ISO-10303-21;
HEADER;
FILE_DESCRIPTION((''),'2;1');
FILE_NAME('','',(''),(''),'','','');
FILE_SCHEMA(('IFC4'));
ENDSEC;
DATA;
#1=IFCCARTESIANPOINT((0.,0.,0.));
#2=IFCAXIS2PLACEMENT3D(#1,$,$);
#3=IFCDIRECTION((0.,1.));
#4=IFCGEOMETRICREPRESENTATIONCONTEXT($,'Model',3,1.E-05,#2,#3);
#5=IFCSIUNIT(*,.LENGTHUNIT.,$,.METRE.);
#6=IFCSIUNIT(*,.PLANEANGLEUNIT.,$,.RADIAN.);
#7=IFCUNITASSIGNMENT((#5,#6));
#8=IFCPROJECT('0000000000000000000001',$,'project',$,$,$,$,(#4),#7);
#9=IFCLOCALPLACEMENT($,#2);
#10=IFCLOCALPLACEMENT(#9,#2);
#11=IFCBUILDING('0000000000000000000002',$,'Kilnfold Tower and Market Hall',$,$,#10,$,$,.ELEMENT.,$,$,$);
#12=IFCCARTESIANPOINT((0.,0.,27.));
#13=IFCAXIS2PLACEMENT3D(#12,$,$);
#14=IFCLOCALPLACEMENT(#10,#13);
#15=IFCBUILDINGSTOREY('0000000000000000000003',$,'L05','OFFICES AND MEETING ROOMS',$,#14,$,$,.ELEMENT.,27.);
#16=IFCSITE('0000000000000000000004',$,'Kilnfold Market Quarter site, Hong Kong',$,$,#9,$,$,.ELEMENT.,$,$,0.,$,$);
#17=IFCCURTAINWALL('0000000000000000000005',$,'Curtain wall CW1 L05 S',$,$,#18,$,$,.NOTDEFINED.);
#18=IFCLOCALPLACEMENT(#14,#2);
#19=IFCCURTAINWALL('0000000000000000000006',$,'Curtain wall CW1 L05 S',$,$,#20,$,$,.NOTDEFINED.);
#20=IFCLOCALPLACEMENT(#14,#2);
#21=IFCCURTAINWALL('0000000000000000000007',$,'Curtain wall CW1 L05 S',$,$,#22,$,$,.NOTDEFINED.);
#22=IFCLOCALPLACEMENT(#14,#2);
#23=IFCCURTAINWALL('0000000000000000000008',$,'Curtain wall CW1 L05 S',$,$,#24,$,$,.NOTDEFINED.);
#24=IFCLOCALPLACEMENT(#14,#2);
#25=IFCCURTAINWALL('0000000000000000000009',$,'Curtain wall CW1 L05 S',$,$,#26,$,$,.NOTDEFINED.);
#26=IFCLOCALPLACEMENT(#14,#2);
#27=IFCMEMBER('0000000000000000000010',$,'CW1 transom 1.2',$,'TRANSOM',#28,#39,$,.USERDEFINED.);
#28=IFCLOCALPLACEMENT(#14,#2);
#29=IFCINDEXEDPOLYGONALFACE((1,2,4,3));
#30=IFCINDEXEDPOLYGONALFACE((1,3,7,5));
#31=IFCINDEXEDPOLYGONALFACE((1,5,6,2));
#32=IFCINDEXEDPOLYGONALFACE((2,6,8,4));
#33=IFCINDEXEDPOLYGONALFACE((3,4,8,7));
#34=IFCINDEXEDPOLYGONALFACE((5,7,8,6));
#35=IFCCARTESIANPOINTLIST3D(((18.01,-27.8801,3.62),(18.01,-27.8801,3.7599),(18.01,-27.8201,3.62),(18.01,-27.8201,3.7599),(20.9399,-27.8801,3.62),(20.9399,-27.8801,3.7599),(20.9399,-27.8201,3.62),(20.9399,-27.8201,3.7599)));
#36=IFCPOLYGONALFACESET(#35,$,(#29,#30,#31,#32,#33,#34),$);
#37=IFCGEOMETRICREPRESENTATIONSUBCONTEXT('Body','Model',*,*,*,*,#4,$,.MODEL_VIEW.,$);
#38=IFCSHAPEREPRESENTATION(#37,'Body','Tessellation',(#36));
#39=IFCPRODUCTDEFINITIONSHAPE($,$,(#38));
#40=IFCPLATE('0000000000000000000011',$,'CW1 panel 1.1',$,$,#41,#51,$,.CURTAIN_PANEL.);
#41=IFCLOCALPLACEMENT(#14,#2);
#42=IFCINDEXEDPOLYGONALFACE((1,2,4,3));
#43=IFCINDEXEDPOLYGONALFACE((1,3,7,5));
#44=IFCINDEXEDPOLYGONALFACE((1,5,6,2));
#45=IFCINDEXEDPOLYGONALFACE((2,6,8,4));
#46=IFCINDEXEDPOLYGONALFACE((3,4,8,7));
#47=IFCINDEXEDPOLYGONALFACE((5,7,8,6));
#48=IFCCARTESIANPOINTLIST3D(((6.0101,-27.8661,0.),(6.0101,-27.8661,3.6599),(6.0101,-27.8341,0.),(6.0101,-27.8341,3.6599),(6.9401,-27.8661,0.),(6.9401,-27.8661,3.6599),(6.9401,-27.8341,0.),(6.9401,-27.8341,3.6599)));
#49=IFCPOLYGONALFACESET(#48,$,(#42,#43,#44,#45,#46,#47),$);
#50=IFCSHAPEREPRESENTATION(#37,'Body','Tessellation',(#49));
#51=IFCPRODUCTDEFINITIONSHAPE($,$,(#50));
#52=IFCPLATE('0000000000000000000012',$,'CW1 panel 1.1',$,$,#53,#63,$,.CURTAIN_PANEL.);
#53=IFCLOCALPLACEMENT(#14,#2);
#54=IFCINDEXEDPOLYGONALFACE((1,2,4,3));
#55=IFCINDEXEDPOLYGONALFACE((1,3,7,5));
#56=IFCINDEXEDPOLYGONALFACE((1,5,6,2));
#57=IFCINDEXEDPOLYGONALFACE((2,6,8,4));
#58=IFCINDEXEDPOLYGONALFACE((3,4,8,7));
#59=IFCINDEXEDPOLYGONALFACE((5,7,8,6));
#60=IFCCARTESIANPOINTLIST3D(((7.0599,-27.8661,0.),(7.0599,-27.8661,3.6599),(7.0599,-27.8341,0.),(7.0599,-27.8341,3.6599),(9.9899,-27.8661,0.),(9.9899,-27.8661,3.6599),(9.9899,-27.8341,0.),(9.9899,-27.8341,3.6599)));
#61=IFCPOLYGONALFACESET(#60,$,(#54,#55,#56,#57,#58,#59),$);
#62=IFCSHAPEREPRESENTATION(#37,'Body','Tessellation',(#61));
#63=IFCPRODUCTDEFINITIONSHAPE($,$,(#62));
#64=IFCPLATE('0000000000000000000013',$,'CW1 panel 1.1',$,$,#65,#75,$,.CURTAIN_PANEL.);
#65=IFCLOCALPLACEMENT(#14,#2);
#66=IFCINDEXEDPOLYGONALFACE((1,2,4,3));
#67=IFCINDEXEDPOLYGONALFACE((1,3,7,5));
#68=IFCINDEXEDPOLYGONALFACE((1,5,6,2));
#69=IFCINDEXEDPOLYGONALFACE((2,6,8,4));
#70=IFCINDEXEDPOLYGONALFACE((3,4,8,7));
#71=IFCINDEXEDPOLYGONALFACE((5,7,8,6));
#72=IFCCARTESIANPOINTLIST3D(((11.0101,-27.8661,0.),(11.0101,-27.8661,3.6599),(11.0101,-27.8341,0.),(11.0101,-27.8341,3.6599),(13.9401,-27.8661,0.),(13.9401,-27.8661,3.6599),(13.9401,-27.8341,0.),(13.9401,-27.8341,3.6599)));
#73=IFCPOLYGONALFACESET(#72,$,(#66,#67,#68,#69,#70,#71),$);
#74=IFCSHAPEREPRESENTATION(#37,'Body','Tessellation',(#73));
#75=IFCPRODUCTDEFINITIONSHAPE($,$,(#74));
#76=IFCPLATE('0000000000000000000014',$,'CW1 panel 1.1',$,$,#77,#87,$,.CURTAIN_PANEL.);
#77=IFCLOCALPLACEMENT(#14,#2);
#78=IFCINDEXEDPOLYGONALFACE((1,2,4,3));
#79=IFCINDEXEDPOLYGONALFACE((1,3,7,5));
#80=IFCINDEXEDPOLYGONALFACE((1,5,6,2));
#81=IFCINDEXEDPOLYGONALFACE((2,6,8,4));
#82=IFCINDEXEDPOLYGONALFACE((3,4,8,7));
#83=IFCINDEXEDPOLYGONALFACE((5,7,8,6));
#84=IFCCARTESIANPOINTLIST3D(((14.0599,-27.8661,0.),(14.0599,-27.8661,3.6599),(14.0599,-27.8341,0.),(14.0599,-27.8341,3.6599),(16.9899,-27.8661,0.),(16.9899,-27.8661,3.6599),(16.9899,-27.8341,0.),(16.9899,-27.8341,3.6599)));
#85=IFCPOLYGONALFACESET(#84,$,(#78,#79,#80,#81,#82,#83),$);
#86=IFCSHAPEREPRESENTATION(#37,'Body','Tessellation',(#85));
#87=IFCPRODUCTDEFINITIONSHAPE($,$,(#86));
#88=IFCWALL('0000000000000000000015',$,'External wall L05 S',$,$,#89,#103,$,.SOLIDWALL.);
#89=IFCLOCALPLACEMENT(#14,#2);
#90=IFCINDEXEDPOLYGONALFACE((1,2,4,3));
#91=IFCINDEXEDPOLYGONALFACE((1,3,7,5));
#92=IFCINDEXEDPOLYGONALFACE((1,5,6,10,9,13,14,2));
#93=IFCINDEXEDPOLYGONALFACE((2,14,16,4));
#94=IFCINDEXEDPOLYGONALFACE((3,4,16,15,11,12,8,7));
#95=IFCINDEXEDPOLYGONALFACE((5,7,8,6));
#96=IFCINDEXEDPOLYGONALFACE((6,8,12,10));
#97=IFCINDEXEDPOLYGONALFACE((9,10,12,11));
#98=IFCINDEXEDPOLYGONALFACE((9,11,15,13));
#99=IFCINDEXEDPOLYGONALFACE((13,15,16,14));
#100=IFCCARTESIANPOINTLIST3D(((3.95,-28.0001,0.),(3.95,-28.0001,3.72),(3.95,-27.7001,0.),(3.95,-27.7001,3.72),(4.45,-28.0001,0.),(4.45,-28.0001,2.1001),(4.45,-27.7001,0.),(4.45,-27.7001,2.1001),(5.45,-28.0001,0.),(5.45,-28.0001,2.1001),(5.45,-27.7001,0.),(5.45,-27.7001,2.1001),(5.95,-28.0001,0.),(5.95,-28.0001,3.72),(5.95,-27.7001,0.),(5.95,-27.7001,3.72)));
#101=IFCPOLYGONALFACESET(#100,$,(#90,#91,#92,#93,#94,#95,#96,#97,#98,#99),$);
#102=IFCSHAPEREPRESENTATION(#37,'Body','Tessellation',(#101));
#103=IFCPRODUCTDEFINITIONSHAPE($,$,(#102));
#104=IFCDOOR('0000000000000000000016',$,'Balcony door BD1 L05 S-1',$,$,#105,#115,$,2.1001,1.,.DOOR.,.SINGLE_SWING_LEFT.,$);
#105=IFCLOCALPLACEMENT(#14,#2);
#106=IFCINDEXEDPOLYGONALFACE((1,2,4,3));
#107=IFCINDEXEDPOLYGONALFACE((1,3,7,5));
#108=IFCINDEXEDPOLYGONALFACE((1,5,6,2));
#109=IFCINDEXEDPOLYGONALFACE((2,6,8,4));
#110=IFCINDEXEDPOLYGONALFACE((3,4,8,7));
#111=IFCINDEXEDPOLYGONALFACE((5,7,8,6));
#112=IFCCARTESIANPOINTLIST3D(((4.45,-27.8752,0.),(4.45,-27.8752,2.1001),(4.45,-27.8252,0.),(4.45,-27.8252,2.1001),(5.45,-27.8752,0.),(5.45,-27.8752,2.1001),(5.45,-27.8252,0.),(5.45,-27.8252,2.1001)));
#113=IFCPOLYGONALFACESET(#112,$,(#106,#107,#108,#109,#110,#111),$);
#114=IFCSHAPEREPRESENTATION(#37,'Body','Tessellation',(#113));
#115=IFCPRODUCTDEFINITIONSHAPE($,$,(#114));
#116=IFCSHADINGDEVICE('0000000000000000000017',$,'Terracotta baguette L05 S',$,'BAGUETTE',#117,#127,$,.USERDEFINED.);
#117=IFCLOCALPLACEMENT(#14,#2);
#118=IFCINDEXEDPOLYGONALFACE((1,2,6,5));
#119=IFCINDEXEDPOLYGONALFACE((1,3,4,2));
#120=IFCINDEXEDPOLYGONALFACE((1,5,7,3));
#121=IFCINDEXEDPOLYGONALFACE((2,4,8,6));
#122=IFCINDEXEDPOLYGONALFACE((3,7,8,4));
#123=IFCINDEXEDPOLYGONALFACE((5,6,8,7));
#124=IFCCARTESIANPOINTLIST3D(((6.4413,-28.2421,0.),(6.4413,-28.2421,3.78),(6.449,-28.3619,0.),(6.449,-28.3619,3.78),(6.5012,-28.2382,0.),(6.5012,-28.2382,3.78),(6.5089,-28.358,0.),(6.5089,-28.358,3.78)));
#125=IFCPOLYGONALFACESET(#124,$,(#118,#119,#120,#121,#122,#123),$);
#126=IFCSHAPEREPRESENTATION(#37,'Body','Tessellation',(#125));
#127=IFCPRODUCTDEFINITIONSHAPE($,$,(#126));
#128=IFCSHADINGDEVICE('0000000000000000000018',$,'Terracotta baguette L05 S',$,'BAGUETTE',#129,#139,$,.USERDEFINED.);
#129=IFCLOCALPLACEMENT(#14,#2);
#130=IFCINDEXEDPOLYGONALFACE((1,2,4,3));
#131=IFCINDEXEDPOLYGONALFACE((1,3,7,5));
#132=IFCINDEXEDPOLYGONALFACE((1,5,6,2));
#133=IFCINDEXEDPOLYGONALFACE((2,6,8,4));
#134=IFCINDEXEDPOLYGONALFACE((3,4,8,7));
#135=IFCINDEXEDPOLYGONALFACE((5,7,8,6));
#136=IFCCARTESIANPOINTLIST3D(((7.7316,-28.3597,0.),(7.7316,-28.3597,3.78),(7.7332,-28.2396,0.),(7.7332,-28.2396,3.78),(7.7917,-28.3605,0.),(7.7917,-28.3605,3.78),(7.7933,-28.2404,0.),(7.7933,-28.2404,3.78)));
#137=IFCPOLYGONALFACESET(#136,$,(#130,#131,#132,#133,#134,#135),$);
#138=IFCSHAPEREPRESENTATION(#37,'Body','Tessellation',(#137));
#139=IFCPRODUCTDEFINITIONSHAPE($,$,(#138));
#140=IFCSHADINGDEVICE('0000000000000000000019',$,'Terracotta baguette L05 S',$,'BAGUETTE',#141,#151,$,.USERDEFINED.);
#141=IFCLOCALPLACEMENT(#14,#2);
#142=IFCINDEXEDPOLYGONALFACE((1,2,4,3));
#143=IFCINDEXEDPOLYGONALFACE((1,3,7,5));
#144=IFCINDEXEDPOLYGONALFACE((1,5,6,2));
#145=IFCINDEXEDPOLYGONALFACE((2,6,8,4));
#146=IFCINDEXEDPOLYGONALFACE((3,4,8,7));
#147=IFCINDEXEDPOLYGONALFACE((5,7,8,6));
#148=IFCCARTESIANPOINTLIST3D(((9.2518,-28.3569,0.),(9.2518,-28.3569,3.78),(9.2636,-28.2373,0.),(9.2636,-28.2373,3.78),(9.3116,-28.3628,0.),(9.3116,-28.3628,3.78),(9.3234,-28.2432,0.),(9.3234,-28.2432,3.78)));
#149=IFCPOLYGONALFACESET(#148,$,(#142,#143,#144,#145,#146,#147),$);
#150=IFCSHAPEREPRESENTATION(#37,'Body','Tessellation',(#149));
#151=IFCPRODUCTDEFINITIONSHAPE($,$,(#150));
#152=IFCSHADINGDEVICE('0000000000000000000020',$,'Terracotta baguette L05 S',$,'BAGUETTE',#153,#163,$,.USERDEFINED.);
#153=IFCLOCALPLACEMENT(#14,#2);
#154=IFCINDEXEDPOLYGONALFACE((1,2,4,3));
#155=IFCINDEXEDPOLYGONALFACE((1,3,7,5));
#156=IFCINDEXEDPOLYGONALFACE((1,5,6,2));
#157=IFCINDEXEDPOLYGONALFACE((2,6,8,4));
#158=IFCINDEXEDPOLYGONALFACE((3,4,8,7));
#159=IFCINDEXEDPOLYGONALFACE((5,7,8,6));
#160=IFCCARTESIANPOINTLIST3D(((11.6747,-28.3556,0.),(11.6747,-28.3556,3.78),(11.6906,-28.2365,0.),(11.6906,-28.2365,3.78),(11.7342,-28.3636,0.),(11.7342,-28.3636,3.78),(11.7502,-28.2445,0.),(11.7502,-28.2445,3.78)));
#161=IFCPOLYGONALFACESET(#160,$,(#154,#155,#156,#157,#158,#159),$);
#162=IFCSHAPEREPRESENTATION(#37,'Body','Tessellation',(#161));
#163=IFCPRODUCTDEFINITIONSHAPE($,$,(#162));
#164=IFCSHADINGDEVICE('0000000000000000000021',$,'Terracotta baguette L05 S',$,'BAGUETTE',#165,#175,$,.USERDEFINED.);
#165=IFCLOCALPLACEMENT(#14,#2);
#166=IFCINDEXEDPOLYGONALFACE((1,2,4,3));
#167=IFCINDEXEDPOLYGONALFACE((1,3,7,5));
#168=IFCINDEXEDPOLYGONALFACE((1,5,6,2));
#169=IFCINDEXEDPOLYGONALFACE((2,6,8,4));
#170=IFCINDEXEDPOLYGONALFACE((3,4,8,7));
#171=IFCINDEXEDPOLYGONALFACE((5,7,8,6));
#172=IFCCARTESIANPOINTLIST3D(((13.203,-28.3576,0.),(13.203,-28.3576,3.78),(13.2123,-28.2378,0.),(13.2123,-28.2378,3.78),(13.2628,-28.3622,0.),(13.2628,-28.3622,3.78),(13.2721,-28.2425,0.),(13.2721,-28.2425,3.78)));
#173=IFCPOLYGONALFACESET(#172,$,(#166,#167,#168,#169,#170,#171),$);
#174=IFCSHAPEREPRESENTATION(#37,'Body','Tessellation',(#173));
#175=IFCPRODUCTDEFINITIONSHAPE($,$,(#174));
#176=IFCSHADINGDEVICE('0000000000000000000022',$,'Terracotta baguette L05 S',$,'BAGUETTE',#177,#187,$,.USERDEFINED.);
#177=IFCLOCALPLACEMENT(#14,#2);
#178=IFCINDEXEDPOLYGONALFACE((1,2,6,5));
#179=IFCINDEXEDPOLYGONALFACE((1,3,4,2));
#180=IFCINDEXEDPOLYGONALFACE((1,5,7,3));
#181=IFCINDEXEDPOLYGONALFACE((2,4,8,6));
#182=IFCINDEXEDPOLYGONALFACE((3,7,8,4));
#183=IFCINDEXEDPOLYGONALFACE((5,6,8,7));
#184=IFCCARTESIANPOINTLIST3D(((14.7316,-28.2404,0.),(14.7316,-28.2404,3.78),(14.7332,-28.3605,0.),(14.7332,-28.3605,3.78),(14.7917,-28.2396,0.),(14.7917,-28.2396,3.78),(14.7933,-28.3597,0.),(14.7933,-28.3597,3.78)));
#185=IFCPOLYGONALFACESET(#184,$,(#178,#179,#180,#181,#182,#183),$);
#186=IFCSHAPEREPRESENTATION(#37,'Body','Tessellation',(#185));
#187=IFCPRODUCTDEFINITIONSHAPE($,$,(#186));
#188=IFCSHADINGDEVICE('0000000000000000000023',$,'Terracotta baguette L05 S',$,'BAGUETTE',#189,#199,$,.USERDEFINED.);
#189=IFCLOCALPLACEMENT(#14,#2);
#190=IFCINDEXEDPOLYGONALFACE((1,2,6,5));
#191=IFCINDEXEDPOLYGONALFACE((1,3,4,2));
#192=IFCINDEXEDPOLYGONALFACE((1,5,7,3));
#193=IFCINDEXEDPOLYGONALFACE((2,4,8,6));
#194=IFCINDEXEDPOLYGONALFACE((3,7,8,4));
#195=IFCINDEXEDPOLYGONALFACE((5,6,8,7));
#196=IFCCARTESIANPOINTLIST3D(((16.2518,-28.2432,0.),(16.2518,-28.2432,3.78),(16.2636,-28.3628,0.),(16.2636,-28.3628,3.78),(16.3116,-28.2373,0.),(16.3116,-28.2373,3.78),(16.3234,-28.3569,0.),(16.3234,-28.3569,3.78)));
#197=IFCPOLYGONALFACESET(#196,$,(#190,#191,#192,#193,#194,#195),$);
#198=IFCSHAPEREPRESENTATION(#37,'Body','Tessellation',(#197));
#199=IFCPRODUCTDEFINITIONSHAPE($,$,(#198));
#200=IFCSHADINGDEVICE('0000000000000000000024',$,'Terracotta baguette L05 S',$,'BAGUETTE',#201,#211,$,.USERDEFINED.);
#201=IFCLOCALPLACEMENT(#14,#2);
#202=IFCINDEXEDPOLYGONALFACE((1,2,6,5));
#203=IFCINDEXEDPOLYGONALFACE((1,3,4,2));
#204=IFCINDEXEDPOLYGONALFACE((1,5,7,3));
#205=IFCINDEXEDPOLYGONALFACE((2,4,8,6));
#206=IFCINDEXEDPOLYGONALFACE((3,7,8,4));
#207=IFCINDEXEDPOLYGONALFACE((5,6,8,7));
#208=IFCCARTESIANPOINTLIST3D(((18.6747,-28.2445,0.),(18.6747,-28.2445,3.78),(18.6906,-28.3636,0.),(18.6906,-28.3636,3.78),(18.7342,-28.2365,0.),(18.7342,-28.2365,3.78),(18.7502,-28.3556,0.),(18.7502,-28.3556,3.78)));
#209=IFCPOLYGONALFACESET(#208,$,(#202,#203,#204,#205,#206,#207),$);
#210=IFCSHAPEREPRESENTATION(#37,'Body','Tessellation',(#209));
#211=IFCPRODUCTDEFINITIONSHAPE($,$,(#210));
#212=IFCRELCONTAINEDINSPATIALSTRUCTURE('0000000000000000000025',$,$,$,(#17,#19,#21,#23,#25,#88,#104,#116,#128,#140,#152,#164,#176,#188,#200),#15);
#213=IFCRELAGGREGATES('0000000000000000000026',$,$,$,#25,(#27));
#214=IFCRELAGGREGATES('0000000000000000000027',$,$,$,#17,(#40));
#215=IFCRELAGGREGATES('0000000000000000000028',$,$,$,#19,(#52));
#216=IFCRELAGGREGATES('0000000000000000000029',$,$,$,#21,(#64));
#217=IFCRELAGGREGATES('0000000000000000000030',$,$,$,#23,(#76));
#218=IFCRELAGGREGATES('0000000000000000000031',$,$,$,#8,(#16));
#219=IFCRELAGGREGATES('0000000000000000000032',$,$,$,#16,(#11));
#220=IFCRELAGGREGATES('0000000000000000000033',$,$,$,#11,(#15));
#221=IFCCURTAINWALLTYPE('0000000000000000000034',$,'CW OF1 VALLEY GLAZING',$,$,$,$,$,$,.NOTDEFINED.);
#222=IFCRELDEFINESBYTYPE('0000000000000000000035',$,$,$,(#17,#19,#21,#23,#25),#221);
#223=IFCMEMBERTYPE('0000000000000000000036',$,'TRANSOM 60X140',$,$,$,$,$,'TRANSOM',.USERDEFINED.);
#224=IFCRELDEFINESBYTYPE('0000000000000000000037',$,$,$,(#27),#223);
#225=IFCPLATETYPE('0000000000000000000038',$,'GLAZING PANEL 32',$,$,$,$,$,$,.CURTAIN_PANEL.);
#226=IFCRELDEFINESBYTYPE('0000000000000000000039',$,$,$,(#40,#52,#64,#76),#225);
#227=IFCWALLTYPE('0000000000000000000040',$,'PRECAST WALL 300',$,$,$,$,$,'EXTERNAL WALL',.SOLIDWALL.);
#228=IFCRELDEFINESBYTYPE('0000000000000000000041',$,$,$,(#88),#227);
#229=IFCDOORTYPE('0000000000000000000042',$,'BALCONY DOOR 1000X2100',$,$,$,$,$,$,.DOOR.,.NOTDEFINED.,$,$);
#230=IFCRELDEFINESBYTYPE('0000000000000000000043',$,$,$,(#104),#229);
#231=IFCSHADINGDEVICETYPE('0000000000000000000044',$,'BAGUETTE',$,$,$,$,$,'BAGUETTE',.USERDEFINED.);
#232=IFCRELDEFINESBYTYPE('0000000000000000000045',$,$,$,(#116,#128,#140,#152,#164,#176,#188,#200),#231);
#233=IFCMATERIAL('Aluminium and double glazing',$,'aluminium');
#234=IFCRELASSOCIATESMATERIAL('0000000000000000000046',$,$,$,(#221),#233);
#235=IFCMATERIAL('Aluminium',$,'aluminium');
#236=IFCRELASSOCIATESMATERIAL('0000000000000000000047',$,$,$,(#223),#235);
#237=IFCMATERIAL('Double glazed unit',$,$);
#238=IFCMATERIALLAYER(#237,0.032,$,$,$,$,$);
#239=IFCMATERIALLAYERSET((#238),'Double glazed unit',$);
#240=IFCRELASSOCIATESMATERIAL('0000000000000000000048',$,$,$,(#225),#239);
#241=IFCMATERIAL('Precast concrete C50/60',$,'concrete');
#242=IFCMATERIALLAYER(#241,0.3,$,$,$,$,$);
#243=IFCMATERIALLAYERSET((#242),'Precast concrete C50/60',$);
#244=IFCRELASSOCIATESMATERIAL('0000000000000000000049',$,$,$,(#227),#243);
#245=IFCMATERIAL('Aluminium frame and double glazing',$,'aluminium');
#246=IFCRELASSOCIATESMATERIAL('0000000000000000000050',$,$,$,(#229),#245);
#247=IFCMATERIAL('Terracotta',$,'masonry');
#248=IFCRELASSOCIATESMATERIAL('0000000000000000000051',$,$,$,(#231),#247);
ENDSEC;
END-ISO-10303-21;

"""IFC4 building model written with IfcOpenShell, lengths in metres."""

from ifc_helpers import new_model, si_unit, direction, frame, frame_2d, origin, origin_2d, place, context, subcontext, project, spatial, rectangle, extrude, source, transform, mapped, material, layer, layer_set, material_profile, profile_set, type_object, element, fill, aggregate, save


model = new_model("IFC4")

# Units and contexts
model_context = context("Model", 3, precision=1e-05, world=origin(), true_north=direction((0.0, 1.0)))
body_context = subcontext(model_context, "Body", "Model", "MODEL_VIEW")
ifc_project = project(units=[si_unit("LENGTHUNIT", "METRE"), si_unit("PLANEANGLEUNIT", "RADIAN")], contexts=[model_context])

# Site, building, storey
site_placement = place(None, origin())
site = spatial("IfcSite", under=ifc_project, at=site_placement, Name="Kilnfold Market Quarter site, Hong Kong", CompositionType="ELEMENT", RefElevation=0.0)
building_placement = place(site_placement, origin())
building = spatial("IfcBuilding", under=site, at=building_placement, Name="Kilnfold Tower and Market Hall", CompositionType="ELEMENT")
storey_placement = place(building_placement, frame((0.0, 0.0, 27.0)))
storey = spatial("IfcBuildingStorey", under=building, at=storey_placement, Name="L05", Description="OFFICES AND MEETING ROOMS", CompositionType="ELEMENT", Elevation=27.0)

# Curtain walls
ifc_material_1 = material(Name="Aluminium and double glazing", Category="aluminium")
curtain_wall_type = type_object("IfcCurtainWallType", Name="CW OF1 VALLEY GLAZING", PredefinedType="NOTDEFINED", material=ifc_material_1)
curtain_wall_1_placement = place(storey_placement, origin())
curtain_wall_1 = element("IfcCurtainWall", 1, at=curtain_wall_1_placement, inside=storey, type_object=curtain_wall_type, Name="Curtain wall CW1 L05 S", PredefinedType="NOTDEFINED")
curtain_wall_2_placement = place(storey_placement, origin())
curtain_wall_2 = element("IfcCurtainWall", 2, at=curtain_wall_2_placement, inside=storey, type_object=curtain_wall_type, Name="Curtain wall CW1 L05 S", PredefinedType="NOTDEFINED")
curtain_wall_3_placement = place(storey_placement, origin())
curtain_wall_3 = element("IfcCurtainWall", 3, at=curtain_wall_3_placement, inside=storey, type_object=curtain_wall_type, Name="Curtain wall CW1 L05 S", PredefinedType="NOTDEFINED")
curtain_wall_4_placement = place(storey_placement, origin())
curtain_wall_4 = element("IfcCurtainWall", 4, at=curtain_wall_4_placement, inside=storey, type_object=curtain_wall_type, Name="Curtain wall CW1 L05 S", PredefinedType="NOTDEFINED")

# Curtain wall
curtain_wall_5_placement = place(storey_placement, origin())
curtain_wall_5 = element("IfcCurtainWall", 5, at=curtain_wall_5_placement, inside=storey, type_object=curtain_wall_type, Name="Curtain wall CW1 L05 S", PredefinedType="NOTDEFINED")

# Member
ifc_material_2 = material(Name="Aluminium", Category="aluminium")
ifc_material_profile_1 = material_profile(ifc_material_2, rectangle(XDim=0.0601, YDim=0.1399, at=origin_2d()), Name="TRANSOM 60x140")
ifc_profile_set_1 = profile_set([ifc_material_profile_1], Name="Aluminium")
member_type_1 = type_object("IfcMemberType", Name="TRANSOM 60X140", ElementType="TRANSOM", PredefinedType="USERDEFINED", material=ifc_profile_set_1)
shared_shape_1 = source(origin(), body_context, "Body", "SweptSolid", [
    extrude(rectangle(XDim=0.0601, YDim=0.1399, at=origin_2d()), origin(), (0.0, 0.0, 1.0), 2.9299),
])
member_1_placement = place(storey_placement, frame((18.01, -27.8501, 3.6899), z_axis=(1.0, 0.0, 0.0), x_axis=(0.0, 1.0, 0.0)))
member_1 = element("IfcMember", 6, at=member_1_placement, type_object=member_type_1, Name="CW1 transom 1.2", ObjectType="TRANSOM", PredefinedType="USERDEFINED", context=body_context, shape_type="MappedRepresentation", body=[
    mapped(shared_shape_1, transform((0.0, 0.0, 0.0))),
])
aggregate(curtain_wall_5, [member_1])

# Plates
ifc_material_3 = material(Name="Double glazed unit")
ifc_layer_1 = layer(ifc_material_3, 0.032)
ifc_layer_set_1 = layer_set([ifc_layer_1], Name="Double glazed unit")
plate_type = type_object("IfcPlateType", Name="GLAZING PANEL 32", PredefinedType="CURTAIN_PANEL", material=ifc_layer_set_1)
shared_shape_2 = source(origin(), body_context, "Body", "SweptSolid", [
    extrude(rectangle(XDim=0.9299, YDim=0.032, at=origin_2d()), origin(), (0.0, 0.0, 1.0), 3.6599),
])
plate_1_placement = place(storey_placement, frame((6.4751, -27.8501, 0.0), z_axis=(0.0, 0.0, 1.0), x_axis=(1.0, 0.0, 0.0)))
plate_1 = element("IfcPlate", 7, at=plate_1_placement, type_object=plate_type, Name="CW1 panel 1.1", PredefinedType="CURTAIN_PANEL", context=body_context, shape_type="MappedRepresentation", body=[
    mapped(shared_shape_2, transform((0.0, 0.0, 0.0))),
])
aggregate(curtain_wall_1, [plate_1])
shared_shape_3 = source(origin(), body_context, "Body", "SweptSolid", [
    extrude(rectangle(XDim=2.9299, YDim=0.032, at=origin_2d()), origin(), (0.0, 0.0, 1.0), 3.6599),
])
plate_2_placement = place(storey_placement, frame((8.5249, -27.8501, 0.0), z_axis=(0.0, 0.0, 1.0), x_axis=(1.0, 0.0, 0.0)))
plate_2 = element("IfcPlate", 8, at=plate_2_placement, type_object=plate_type, Name="CW1 panel 1.1", PredefinedType="CURTAIN_PANEL", context=body_context, shape_type="MappedRepresentation", body=[
    mapped(shared_shape_3, transform((0.0, 0.0, 0.0))),
])
aggregate(curtain_wall_2, [plate_2])
plate_3_placement = place(storey_placement, frame((12.4751, -27.8501, 0.0), z_axis=(0.0, 0.0, 1.0), x_axis=(1.0, 0.0, 0.0)))
plate_3 = element("IfcPlate", 9, at=plate_3_placement, type_object=plate_type, Name="CW1 panel 1.1", PredefinedType="CURTAIN_PANEL", context=body_context, shape_type="MappedRepresentation", body=[
    mapped(shared_shape_3, transform((0.0, 0.0, 0.0))),
])
aggregate(curtain_wall_3, [plate_3])
plate_4_placement = place(storey_placement, frame((15.5249, -27.8501, 0.0), z_axis=(0.0, 0.0, 1.0), x_axis=(1.0, 0.0, 0.0)))
plate_4 = element("IfcPlate", 10, at=plate_4_placement, type_object=plate_type, Name="CW1 panel 1.1", PredefinedType="CURTAIN_PANEL", context=body_context, shape_type="MappedRepresentation", body=[
    mapped(shared_shape_3, transform((0.0, 0.0, 0.0))),
])
aggregate(curtain_wall_4, [plate_4])

# Wall, opening, door
ifc_material_4 = material(Name="Precast concrete C50/60", Category="concrete")
ifc_layer_2 = layer(ifc_material_4, 0.3)
ifc_layer_set_2 = layer_set([ifc_layer_2], Name="Precast concrete C50/60")
wall_type = type_object("IfcWallType", Name="PRECAST WALL 300", ElementType="EXTERNAL WALL", PredefinedType="SOLIDWALL", material=ifc_layer_set_2)
shared_shape_4 = source(origin(), body_context, "Body", "SweptSolid", [
    extrude(rectangle(XDim=2.0, YDim=0.3, at=frame_2d((1.0, 0.0))), origin(), (0.0, 0.0, 1.0), 3.72),
])
wall_placement = place(storey_placement, frame((3.95, -27.8501, 0.0), z_axis=(0.0, 0.0, 1.0), x_axis=(1.0, 0.0, 0.0)))
wall = element("IfcWall", 11, at=wall_placement, inside=storey, type_object=wall_type, Name="External wall L05 S", PredefinedType="SOLIDWALL", context=body_context, shape_type="MappedRepresentation", body=[
    mapped(shared_shape_4, transform((0.0, 0.0, 0.0))),
])
opening_placement = place(wall_placement, frame((0.5, 0.0, 0.0)))
opening = element("IfcOpeningElement", 12, at=opening_placement, cuts=wall, PredefinedType="OPENING", context=body_context, shape_type="SweptSolid", body=[
    extrude(rectangle(XDim=1.0, YDim=2.1001, at=frame_2d((0.5, 1.05))), frame((0.0, 0.1602, 0.0), z_axis=(0.0, -1.0, 0.0), x_axis=(1.0, 0.0, 0.0)), (0.0, 0.0, 1.0), 0.3201),
])
ifc_material_5 = material(Name="Aluminium frame and double glazing", Category="aluminium")
door_type = type_object("IfcDoorType", Name="BALCONY DOOR 1000X2100", OperationType="NOTDEFINED", PredefinedType="DOOR", material=ifc_material_5)
door_placement = place(opening_placement, origin())
door = element("IfcDoor", 13, at=door_placement, inside=storey, type_object=door_type, Name="Balcony door BD1 L05 S-1", OperationType="SINGLE_SWING_LEFT", OverallHeight=2.1001, OverallWidth=1.0, PredefinedType="DOOR", context=body_context, shape_type="SweptSolid", body=[
    extrude(rectangle(XDim=1.0, YDim=2.1001, at=frame_2d((0.5, 1.05))), frame((0.0, 0.0249, 0.0), z_axis=(0.0, -1.0, 0.0), x_axis=(1.0, 0.0, 0.0)), (0.0, 0.0, 1.0), 0.05),
])
fill(opening, door)

# Shading devices
ifc_material_6 = material(Name="Terracotta", Category="masonry")
ifc_material_profile_2 = material_profile(ifc_material_6, rectangle(XDim=0.0601, YDim=0.1201, at=origin_2d()), Name="BAG 60x120")
ifc_profile_set_2 = profile_set([ifc_material_profile_2], Name="Terracotta")
shading_device_type = type_object("IfcShadingDeviceType", Name="BAGUETTE", ElementType="BAGUETTE", PredefinedType="USERDEFINED", material=ifc_profile_set_2)
shared_shape_5 = source(origin(), body_context, "Body", "SweptSolid", [
    extrude(rectangle(XDim=0.0601, YDim=0.1201, at=origin_2d()), origin(), (0.0, 0.0, 1.0), 3.78),
])
for number, where, z_axis, x_axis, name in (
    (14, (6.4751, -28.3, 0.0), (0.0, 0.0, 1.0), (0.997917, 0.064513, 0.0), "Terracotta baguette L05 S"),
    (15, (7.7625, -28.3, 0.0), (0.0, 0.0, 1.0), (0.999908, -0.013545, 0.0), "Terracotta baguette L05 S"),
    (16, (9.2876, -28.3, 0.0), (0.0, 0.0, 1.0), (0.995167, -0.098194, 0.0), "Terracotta baguette L05 S"),
    (17, (11.7124, -28.3, 0.0), (0.0, 0.0, 1.0), (0.991112, -0.133031, 0.0), "Terracotta baguette L05 S"),
    (18, (13.2375, -28.3, 0.0), (0.0, 0.0, 1.0), (0.997009, -0.077286, 0.0), "Terracotta baguette L05 S"),
    (19, (14.7625, -28.3, 0.0), (0.0, 0.0, 1.0), (0.999908, 0.013545, 0.0), "Terracotta baguette L05 S"),
    (20, (16.2876, -28.3, 0.0), (0.0, 0.0, 1.0), (0.995167, 0.098194, 0.0), "Terracotta baguette L05 S"),
    (21, (18.7124, -28.3, 0.0), (0.0, 0.0, 1.0), (0.991112, 0.133031, 0.0), "Terracotta baguette L05 S"),
):
    element("IfcShadingDevice", number, at=place(storey_placement, frame(where, z_axis=z_axis, x_axis=x_axis)), inside=storey, type_object=shading_device_type, Name=name, ObjectType="BAGUETTE", PredefinedType="USERDEFINED", context=body_context, shape_type="MappedRepresentation", body=[
        mapped(shared_shape_5, transform((0.0, 0.0, 0.0))),
    ])

save(model, "model.ifc")
